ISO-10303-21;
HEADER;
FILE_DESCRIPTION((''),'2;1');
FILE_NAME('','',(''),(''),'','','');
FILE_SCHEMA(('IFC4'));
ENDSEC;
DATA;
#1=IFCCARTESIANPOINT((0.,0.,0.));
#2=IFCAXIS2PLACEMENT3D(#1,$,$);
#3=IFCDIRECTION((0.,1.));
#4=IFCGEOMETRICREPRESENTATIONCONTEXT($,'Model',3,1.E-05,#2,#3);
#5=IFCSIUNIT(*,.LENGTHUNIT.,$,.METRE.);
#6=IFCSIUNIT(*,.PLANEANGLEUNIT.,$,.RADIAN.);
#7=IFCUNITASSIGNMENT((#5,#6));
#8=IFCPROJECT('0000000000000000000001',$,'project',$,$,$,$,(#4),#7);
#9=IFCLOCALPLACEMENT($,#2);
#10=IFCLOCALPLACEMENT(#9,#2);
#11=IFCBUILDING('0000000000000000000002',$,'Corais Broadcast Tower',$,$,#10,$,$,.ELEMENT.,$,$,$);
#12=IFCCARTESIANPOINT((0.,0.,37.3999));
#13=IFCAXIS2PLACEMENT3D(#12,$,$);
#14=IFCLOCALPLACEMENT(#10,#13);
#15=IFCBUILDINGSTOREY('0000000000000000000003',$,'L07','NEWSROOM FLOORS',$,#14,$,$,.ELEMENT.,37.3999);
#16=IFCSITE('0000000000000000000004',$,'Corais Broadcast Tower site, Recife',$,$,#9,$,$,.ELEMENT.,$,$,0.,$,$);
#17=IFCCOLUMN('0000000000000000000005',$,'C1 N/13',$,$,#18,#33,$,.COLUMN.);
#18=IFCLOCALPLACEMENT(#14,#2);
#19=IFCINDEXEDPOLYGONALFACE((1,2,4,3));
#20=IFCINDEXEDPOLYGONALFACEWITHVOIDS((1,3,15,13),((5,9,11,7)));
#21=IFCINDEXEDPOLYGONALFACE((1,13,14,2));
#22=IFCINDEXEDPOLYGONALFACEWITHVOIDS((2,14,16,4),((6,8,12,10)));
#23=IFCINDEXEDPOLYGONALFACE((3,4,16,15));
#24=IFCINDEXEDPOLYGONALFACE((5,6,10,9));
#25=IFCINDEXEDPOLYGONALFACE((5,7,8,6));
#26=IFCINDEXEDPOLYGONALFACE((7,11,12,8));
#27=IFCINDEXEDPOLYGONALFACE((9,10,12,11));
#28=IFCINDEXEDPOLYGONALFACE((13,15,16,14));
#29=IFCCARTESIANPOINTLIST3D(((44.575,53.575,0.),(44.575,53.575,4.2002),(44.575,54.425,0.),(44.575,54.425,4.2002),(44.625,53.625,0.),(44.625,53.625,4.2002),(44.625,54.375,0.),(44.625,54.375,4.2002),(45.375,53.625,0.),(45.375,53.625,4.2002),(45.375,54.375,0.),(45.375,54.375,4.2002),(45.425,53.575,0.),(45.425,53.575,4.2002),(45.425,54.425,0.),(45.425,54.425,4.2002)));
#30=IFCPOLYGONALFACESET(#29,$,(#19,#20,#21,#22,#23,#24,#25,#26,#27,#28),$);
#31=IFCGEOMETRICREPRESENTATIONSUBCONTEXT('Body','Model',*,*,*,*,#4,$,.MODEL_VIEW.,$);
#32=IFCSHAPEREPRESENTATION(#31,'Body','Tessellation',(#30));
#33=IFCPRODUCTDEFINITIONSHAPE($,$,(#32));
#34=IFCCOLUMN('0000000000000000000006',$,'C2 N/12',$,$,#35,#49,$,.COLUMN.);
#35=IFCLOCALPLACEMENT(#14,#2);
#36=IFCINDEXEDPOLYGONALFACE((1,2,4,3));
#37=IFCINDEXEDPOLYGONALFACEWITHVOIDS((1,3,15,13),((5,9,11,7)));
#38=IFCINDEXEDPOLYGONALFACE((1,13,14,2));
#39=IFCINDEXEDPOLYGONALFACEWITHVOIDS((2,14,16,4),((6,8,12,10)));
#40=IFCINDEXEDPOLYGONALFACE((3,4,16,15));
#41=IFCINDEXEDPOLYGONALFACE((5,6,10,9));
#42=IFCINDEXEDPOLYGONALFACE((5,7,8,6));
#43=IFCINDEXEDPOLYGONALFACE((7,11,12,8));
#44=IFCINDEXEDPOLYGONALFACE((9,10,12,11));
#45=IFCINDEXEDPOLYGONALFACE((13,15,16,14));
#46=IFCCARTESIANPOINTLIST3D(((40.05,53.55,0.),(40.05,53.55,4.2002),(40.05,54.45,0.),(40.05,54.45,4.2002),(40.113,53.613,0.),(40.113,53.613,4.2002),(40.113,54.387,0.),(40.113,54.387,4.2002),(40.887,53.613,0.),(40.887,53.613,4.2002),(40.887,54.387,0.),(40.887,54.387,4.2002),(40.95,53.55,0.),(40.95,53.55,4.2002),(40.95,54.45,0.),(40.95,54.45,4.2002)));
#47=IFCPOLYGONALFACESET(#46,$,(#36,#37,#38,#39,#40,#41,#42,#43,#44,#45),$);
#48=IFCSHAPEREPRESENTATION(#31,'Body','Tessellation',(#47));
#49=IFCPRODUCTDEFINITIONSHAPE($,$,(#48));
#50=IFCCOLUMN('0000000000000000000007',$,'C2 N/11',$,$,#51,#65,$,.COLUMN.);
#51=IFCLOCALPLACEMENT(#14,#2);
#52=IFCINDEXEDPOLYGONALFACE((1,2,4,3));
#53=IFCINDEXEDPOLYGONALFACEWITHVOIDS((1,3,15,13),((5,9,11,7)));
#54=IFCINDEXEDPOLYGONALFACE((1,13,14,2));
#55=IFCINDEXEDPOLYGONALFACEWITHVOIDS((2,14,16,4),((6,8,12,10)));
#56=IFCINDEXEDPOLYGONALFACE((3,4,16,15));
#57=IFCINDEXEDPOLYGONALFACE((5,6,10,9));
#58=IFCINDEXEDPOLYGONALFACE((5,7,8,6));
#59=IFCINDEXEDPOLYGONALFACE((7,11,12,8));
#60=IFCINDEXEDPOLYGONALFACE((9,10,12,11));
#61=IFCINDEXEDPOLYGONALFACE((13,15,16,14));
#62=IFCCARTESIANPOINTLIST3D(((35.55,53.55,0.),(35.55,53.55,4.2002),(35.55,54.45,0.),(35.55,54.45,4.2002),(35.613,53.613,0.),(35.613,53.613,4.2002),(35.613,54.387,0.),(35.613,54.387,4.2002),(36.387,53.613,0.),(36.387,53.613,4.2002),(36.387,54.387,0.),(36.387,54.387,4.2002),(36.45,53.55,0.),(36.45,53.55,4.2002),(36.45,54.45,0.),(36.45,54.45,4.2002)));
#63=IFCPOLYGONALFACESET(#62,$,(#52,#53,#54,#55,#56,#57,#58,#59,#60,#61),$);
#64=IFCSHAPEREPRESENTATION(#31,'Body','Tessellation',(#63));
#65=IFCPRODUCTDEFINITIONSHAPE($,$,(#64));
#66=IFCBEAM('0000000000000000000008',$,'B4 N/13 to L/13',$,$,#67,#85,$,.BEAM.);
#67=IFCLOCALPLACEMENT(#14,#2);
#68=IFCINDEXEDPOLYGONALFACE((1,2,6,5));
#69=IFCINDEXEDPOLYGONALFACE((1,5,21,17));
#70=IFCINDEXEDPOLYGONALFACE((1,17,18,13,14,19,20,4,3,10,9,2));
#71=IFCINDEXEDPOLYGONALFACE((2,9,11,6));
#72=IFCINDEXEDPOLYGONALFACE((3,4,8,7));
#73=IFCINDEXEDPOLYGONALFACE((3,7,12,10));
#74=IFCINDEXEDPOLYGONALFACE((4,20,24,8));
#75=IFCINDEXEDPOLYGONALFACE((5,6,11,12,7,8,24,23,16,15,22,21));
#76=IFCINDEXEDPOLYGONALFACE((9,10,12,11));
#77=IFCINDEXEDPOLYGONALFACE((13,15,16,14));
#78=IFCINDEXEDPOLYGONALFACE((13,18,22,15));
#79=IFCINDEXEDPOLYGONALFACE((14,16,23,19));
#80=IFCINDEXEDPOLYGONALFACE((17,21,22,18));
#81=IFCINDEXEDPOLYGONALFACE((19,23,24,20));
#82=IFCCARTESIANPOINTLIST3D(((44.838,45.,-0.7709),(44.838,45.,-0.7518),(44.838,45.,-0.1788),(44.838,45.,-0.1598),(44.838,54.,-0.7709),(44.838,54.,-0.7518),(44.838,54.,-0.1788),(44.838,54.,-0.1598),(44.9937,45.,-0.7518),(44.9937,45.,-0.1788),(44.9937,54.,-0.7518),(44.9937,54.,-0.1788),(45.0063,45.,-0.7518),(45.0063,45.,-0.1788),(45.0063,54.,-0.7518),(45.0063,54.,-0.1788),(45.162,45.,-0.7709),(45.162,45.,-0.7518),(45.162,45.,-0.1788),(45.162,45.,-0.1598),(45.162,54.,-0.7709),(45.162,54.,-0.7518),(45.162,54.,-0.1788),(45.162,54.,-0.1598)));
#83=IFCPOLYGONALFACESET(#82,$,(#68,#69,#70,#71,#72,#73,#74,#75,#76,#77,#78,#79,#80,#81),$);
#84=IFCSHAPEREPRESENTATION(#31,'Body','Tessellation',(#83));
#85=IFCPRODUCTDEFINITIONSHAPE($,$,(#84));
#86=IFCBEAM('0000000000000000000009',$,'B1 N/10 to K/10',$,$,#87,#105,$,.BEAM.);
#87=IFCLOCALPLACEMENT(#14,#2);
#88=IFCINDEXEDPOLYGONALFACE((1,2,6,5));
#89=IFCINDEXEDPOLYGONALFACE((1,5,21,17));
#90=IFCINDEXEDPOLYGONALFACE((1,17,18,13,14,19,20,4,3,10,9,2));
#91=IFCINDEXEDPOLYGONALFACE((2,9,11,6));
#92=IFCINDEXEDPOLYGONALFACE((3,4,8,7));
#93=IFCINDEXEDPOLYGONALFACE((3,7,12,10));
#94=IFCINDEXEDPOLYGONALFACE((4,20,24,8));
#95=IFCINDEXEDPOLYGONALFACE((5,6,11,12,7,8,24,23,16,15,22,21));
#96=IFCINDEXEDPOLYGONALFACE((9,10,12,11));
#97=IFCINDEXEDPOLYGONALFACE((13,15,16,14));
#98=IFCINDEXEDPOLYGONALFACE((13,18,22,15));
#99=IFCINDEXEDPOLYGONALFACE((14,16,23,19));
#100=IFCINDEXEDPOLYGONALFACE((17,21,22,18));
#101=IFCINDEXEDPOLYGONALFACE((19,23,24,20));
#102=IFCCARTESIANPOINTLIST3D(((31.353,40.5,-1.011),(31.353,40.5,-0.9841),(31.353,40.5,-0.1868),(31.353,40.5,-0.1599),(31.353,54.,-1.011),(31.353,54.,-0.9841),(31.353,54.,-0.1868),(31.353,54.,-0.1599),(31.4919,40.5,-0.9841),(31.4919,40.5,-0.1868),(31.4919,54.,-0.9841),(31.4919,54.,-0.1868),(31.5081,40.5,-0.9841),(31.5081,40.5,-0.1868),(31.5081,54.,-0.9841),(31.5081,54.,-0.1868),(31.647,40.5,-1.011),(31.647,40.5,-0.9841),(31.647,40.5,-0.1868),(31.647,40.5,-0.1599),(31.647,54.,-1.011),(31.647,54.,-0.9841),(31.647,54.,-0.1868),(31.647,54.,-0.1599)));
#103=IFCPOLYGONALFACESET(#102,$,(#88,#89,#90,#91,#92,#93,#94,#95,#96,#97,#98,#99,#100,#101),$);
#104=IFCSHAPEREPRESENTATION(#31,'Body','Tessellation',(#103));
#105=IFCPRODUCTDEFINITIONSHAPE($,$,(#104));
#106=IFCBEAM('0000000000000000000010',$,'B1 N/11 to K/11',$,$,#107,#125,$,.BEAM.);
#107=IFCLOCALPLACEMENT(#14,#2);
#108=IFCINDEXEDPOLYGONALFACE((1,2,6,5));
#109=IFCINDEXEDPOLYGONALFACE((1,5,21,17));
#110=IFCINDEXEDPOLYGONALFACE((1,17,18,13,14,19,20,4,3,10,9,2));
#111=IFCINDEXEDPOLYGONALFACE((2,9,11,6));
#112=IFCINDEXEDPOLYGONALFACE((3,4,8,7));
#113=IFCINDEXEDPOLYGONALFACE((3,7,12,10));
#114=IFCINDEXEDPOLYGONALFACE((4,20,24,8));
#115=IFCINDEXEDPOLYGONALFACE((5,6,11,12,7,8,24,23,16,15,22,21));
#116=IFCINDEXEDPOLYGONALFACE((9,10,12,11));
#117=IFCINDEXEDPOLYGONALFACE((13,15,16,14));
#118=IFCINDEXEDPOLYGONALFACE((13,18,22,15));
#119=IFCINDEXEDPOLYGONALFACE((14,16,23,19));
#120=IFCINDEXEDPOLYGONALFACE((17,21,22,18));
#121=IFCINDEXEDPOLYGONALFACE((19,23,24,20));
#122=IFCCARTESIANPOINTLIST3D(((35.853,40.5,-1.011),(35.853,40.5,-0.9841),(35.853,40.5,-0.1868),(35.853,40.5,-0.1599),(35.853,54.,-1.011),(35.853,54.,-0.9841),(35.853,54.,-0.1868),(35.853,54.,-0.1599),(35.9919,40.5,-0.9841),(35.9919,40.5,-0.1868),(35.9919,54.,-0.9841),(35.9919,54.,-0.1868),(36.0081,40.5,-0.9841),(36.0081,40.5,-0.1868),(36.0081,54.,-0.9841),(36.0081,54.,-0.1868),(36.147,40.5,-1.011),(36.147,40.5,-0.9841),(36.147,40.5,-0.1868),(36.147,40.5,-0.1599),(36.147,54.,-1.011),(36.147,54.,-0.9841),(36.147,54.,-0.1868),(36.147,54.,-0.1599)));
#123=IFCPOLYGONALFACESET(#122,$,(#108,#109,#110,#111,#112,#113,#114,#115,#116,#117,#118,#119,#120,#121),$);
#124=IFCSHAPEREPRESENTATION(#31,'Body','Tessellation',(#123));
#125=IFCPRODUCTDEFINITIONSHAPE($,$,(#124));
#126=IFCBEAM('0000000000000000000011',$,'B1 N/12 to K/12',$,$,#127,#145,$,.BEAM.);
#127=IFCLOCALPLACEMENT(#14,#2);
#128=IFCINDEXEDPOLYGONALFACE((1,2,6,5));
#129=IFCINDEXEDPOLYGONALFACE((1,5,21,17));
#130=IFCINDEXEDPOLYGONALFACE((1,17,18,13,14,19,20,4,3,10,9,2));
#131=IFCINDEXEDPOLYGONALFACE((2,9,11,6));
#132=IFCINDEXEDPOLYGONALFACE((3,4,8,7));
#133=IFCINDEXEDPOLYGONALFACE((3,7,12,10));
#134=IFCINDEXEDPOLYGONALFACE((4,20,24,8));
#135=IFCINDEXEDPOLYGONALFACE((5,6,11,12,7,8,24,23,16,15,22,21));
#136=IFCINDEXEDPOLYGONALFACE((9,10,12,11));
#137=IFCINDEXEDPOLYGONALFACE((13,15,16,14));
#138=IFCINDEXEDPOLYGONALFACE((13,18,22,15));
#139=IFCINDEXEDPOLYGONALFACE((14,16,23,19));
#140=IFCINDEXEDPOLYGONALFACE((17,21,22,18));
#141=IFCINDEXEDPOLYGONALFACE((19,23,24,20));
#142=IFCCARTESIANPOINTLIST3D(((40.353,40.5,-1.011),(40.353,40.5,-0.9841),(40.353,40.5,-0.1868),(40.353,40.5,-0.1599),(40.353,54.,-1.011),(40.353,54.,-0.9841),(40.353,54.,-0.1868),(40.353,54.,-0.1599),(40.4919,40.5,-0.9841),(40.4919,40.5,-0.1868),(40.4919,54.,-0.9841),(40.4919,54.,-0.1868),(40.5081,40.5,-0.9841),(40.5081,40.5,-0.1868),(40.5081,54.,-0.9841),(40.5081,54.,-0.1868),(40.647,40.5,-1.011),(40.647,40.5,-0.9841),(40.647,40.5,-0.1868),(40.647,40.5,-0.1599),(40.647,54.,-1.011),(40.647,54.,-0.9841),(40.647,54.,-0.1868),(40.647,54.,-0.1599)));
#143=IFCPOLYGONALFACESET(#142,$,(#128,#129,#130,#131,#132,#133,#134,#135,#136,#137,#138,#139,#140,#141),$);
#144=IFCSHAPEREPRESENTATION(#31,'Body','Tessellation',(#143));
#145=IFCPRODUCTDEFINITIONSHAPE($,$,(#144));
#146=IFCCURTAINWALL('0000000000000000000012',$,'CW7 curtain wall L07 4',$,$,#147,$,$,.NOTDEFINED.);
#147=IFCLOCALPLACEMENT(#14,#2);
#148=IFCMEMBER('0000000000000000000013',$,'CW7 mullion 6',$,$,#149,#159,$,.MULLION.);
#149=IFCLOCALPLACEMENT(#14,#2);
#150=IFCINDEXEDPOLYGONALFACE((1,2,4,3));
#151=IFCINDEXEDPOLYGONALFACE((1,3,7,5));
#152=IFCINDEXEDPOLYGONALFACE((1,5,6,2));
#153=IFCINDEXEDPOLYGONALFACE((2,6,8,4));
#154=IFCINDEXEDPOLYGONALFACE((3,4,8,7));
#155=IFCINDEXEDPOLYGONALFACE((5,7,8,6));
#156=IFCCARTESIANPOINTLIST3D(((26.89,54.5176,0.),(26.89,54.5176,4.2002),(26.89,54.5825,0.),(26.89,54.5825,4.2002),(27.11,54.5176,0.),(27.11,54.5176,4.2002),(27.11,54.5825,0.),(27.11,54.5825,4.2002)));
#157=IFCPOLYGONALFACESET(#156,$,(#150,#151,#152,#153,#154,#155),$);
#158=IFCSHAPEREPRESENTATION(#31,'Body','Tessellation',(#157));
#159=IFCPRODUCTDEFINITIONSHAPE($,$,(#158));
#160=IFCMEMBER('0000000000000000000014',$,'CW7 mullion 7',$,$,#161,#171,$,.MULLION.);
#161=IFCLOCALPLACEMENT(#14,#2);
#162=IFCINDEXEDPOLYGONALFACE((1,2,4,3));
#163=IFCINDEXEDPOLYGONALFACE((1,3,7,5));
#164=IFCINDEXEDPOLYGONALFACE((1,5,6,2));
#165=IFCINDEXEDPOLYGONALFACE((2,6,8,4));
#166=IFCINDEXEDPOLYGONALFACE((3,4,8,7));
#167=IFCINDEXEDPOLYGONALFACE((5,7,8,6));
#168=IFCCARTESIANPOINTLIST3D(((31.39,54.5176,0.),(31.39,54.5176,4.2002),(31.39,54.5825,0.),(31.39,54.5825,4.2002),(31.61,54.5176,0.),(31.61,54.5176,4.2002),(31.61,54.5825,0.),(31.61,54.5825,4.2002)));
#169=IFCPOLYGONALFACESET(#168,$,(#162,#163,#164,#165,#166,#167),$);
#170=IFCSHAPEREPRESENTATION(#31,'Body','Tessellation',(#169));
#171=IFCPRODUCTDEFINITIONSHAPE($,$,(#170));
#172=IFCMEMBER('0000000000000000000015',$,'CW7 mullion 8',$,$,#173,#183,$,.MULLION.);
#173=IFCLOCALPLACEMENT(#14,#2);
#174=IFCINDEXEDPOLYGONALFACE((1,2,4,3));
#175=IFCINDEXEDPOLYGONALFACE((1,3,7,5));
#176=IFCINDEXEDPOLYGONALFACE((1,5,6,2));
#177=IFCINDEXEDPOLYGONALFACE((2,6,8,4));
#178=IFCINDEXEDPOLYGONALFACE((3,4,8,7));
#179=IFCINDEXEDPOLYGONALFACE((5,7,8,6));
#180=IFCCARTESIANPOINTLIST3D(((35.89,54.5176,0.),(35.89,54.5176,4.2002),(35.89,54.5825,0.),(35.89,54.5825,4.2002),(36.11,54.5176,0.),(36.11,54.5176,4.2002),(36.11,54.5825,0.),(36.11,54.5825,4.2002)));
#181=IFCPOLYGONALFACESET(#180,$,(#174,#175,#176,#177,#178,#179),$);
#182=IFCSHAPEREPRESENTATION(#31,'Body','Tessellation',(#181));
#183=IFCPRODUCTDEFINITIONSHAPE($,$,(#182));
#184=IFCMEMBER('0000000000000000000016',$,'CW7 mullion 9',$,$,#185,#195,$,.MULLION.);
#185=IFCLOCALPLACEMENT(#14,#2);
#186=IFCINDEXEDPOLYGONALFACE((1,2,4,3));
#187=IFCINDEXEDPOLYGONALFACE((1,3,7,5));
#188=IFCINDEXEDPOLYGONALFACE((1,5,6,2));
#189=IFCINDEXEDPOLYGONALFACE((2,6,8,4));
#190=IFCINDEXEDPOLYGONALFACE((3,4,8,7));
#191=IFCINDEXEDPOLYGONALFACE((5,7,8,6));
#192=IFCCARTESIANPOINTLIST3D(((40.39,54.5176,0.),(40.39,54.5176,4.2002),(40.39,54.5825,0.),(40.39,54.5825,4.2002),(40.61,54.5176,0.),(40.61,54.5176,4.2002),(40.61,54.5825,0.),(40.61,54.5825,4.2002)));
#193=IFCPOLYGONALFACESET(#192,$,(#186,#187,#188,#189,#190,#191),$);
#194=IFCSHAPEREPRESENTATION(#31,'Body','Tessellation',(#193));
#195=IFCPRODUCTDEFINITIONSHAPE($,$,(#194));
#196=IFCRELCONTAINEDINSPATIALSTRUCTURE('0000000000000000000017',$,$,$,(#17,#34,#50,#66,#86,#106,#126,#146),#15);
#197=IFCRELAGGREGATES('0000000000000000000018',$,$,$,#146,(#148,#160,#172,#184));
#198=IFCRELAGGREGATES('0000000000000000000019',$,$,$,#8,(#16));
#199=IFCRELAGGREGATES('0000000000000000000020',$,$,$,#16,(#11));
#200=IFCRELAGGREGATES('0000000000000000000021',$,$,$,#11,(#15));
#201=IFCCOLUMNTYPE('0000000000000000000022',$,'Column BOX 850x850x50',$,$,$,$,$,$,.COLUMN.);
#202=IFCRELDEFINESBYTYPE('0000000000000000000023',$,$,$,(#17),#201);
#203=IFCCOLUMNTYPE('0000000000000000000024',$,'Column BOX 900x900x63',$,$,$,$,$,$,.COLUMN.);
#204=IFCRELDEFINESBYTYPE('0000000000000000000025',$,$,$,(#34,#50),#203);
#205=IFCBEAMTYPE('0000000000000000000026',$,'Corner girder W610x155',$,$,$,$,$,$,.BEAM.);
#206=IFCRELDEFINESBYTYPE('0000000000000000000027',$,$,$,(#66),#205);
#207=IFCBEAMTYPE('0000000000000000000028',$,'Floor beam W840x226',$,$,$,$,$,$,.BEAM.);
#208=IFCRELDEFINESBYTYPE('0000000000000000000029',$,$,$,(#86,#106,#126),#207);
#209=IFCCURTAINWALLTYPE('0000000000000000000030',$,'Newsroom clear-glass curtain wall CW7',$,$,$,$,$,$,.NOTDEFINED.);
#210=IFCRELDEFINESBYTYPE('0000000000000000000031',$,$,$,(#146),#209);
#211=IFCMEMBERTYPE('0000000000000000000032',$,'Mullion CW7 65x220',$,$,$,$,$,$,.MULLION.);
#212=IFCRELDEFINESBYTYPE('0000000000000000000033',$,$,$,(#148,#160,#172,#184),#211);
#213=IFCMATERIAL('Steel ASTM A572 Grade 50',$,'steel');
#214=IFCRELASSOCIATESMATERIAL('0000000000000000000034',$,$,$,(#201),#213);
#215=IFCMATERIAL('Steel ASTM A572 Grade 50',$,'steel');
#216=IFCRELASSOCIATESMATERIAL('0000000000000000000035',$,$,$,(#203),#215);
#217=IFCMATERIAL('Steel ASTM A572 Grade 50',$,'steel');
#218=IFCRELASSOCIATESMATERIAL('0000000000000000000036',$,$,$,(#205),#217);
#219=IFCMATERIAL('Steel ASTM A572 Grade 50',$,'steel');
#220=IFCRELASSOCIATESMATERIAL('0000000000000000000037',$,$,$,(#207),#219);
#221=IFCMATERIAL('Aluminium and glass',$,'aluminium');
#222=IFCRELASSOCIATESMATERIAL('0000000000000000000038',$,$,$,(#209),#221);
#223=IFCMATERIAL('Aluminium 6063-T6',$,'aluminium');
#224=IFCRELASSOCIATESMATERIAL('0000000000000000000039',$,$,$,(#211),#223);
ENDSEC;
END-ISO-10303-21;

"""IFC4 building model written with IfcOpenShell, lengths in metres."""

from ifc_helpers import new_model, si_unit, direction, frame, origin, origin_2d, place, context, subcontext, project, spatial, rectangle, hollow_rectangle, i_section, extrude, material, material_profile, profile_set, type_object, element, aggregate, save


model = new_model("IFC4")

# Units and contexts
model_context = context("Model", 3, precision=1e-05, world=origin(), true_north=direction((0.0, 1.0)))
body_context = subcontext(model_context, "Body", "Model", "MODEL_VIEW")
ifc_project = project(units=[si_unit("LENGTHUNIT", "METRE"), si_unit("PLANEANGLEUNIT", "RADIAN")], contexts=[model_context])

# Site, building, storey
site_placement = place(None, origin())
site = spatial("IfcSite", under=ifc_project, at=site_placement, Name="Corais Broadcast Tower site, Recife", CompositionType="ELEMENT", RefElevation=0.0)
building_placement = place(site_placement, origin())
building = spatial("IfcBuilding", under=site, at=building_placement, Name="Corais Broadcast Tower", CompositionType="ELEMENT")
storey_placement = place(building_placement, frame((0.0, 0.0, 37.3999)))
storey = spatial("IfcBuildingStorey", under=building, at=storey_placement, Name="L07", Description="NEWSROOM FLOORS", CompositionType="ELEMENT", Elevation=37.3999)

# Columns
ifc_material_1 = material(Name="Steel ASTM A572 Grade 50", Category="steel")
ifc_material_profile_1 = material_profile(ifc_material_1, hollow_rectangle(XDim=0.8501, YDim=0.8501, WallThickness=0.05, at=origin_2d()), Name="BOX 850x850x50")
ifc_profile_set_1 = profile_set([ifc_material_profile_1], Name="Steel ASTM A572 Grade 50")
column_type_1 = type_object("IfcColumnType", Name="Column BOX 850x850x50", PredefinedType="COLUMN", material=ifc_profile_set_1)
column_placement = place(storey_placement, frame((45.0, 54.0, 0.0), z_axis=(0.0, 0.0, 1.0), x_axis=(1.0, 0.0, 0.0)))
element("IfcColumn", 1, at=column_placement, inside=storey, type_object=column_type_1, Name="C1 N/13", PredefinedType="COLUMN", context=body_context, shape_type="SweptSolid", body=[
    extrude(hollow_rectangle(XDim=0.8501, YDim=0.8501, WallThickness=0.05, at=origin_2d()), origin(), (0.0, 0.0, 1.0), 4.2002),
])
ifc_material_2 = material(Name="Steel ASTM A572 Grade 50", Category="steel")
ifc_material_profile_2 = material_profile(ifc_material_2, hollow_rectangle(XDim=0.8999, YDim=0.8999, WallThickness=0.063, at=origin_2d()), Name="BOX 900x900x63")
ifc_profile_set_2 = profile_set([ifc_material_profile_2], Name="Steel ASTM A572 Grade 50")
column_type_2 = type_object("IfcColumnType", Name="Column BOX 900x900x63", PredefinedType="COLUMN", material=ifc_profile_set_2)
for number, where, z_axis, x_axis, name in (
    (2, (40.5, 54.0, 0.0), (0.0, 0.0, 1.0), (1.0, 0.0, 0.0), "C2 N/12"),
    (3, (36.0, 54.0, 0.0), (0.0, 0.0, 1.0), (1.0, 0.0, 0.0), "C2 N/11"),
):
    element("IfcColumn", number, at=place(storey_placement, frame(where, z_axis=z_axis, x_axis=x_axis)), inside=storey, type_object=column_type_2, Name=name, PredefinedType="COLUMN", context=body_context, shape_type="SweptSolid", body=[
        extrude(hollow_rectangle(XDim=0.8999, YDim=0.8999, WallThickness=0.063, at=origin_2d()), origin(), (0.0, 0.0, 1.0), 4.2002),
    ])

# Beams
ifc_material_3 = material(Name="Steel ASTM A572 Grade 50", Category="steel")
ifc_material_profile_3 = material_profile(ifc_material_3, i_section(OverallWidth=0.324, OverallDepth=0.6111, WebThickness=0.0127, FlangeThickness=0.019, at=origin_2d()), Name="W610x155")
ifc_profile_set_3 = profile_set([ifc_material_profile_3], Name="Steel ASTM A572 Grade 50")
beam_type_1 = type_object("IfcBeamType", Name="Corner girder W610x155", PredefinedType="BEAM", material=ifc_profile_set_3)
beam_1_placement = place(storey_placement, frame((45.0, 54.0, -0.4653), z_axis=(0.0, -1.0, 0.0), x_axis=(1.0, 0.0, 0.0)))
element("IfcBeam", 4, at=beam_1_placement, inside=storey, type_object=beam_type_1, Name="B4 N/13 to L/13", PredefinedType="BEAM", context=body_context, shape_type="SweptSolid", body=[
    extrude(i_section(OverallWidth=0.324, OverallDepth=0.6111, WebThickness=0.0127, FlangeThickness=0.019, at=origin_2d()), origin(), (0.0, 0.0, 1.0), 9.0),
])
ifc_material_4 = material(Name="Steel ASTM A572 Grade 50", Category="steel")
ifc_material_profile_4 = material_profile(ifc_material_4, i_section(OverallWidth=0.2939, OverallDepth=0.8511, WebThickness=0.0161, FlangeThickness=0.0269, at=origin_2d()), Name="W840x226")
ifc_profile_set_4 = profile_set([ifc_material_profile_4], Name="Steel ASTM A572 Grade 50")
beam_type_2 = type_object("IfcBeamType", Name="Floor beam W840x226", PredefinedType="BEAM", material=ifc_profile_set_4)
for number, where, z_axis, x_axis, name in (
    (5, (31.5, 54.0, -0.5854), (0.0, -1.0, 0.0), (1.0, 0.0, 0.0), "B1 N/10 to K/10"),
    (6, (36.0, 54.0, -0.5854), (0.0, -1.0, 0.0), (1.0, 0.0, 0.0), "B1 N/11 to K/11"),
    (7, (40.5, 54.0, -0.5854), (0.0, -1.0, 0.0), (1.0, 0.0, 0.0), "B1 N/12 to K/12"),
):
    element("IfcBeam", number, at=place(storey_placement, frame(where, z_axis=z_axis, x_axis=x_axis)), inside=storey, type_object=beam_type_2, Name=name, PredefinedType="BEAM", context=body_context, shape_type="SweptSolid", body=[
        extrude(i_section(OverallWidth=0.2939, OverallDepth=0.8511, WebThickness=0.0161, FlangeThickness=0.0269, at=origin_2d()), origin(), (0.0, 0.0, 1.0), 13.5),
    ])

# Curtain wall, members
ifc_material_5 = material(Name="Aluminium and glass", Category="aluminium")
curtain_wall_type = type_object("IfcCurtainWallType", Name="Newsroom clear-glass curtain wall CW7", PredefinedType="NOTDEFINED", material=ifc_material_5)
curtain_wall_placement = place(storey_placement, origin())
curtain_wall = element("IfcCurtainWall", 8, at=curtain_wall_placement, inside=storey, type_object=curtain_wall_type, Name="CW7 curtain wall L07 4", PredefinedType="NOTDEFINED")
ifc_material_6 = material(Name="Aluminium 6063-T6", Category="aluminium")
ifc_material_profile_5 = material_profile(ifc_material_6, rectangle(XDim=0.0649, YDim=0.22, at=origin_2d()), Name="Mullion CW7 65x220")
ifc_profile_set_5 = profile_set([ifc_material_profile_5], Name="Aluminium 6063-T6")
member_type_1 = type_object("IfcMemberType", Name="Mullion CW7 65x220", PredefinedType="MULLION", material=ifc_profile_set_5)
member_1_placement = place(storey_placement, frame((27.0, 54.55, 0.0), z_axis=(0.0, 0.0, 1.0), x_axis=(0.0, 1.0, 0.0)))
member_1 = element("IfcMember", 9, at=member_1_placement, type_object=member_type_1, Name="CW7 mullion 6", PredefinedType="MULLION", context=body_context, shape_type="SweptSolid", body=[
    extrude(rectangle(XDim=0.0649, YDim=0.22, at=origin_2d()), origin(), (0.0, 0.0, 1.0), 4.2002),
])
member_2_placement = place(storey_placement, frame((31.5, 54.55, 0.0), z_axis=(0.0, 0.0, 1.0), x_axis=(0.0, 1.0, 0.0)))
member_2 = element("IfcMember", 10, at=member_2_placement, type_object=member_type_1, Name="CW7 mullion 7", PredefinedType="MULLION", context=body_context, shape_type="SweptSolid", body=[
    extrude(rectangle(XDim=0.0649, YDim=0.22, at=origin_2d()), origin(), (0.0, 0.0, 1.0), 4.2002),
])
member_3_placement = place(storey_placement, frame((36.0, 54.55, 0.0), z_axis=(0.0, 0.0, 1.0), x_axis=(0.0, 1.0, 0.0)))
member_3 = element("IfcMember", 11, at=member_3_placement, type_object=member_type_1, Name="CW7 mullion 8", PredefinedType="MULLION", context=body_context, shape_type="SweptSolid", body=[
    extrude(rectangle(XDim=0.0649, YDim=0.22, at=origin_2d()), origin(), (0.0, 0.0, 1.0), 4.2002),
])
member_4_placement = place(storey_placement, frame((40.5, 54.55, 0.0), z_axis=(0.0, 0.0, 1.0), x_axis=(0.0, 1.0, 0.0)))
member_4 = element("IfcMember", 12, at=member_4_placement, type_object=member_type_1, Name="CW7 mullion 9", PredefinedType="MULLION", context=body_context, shape_type="SweptSolid", body=[
    extrude(rectangle(XDim=0.0649, YDim=0.22, at=origin_2d()), origin(), (0.0, 0.0, 1.0), 4.2002),
])

aggregate(curtain_wall, [member_1, member_2, member_3, member_4])

save(model, "model.ifc")
